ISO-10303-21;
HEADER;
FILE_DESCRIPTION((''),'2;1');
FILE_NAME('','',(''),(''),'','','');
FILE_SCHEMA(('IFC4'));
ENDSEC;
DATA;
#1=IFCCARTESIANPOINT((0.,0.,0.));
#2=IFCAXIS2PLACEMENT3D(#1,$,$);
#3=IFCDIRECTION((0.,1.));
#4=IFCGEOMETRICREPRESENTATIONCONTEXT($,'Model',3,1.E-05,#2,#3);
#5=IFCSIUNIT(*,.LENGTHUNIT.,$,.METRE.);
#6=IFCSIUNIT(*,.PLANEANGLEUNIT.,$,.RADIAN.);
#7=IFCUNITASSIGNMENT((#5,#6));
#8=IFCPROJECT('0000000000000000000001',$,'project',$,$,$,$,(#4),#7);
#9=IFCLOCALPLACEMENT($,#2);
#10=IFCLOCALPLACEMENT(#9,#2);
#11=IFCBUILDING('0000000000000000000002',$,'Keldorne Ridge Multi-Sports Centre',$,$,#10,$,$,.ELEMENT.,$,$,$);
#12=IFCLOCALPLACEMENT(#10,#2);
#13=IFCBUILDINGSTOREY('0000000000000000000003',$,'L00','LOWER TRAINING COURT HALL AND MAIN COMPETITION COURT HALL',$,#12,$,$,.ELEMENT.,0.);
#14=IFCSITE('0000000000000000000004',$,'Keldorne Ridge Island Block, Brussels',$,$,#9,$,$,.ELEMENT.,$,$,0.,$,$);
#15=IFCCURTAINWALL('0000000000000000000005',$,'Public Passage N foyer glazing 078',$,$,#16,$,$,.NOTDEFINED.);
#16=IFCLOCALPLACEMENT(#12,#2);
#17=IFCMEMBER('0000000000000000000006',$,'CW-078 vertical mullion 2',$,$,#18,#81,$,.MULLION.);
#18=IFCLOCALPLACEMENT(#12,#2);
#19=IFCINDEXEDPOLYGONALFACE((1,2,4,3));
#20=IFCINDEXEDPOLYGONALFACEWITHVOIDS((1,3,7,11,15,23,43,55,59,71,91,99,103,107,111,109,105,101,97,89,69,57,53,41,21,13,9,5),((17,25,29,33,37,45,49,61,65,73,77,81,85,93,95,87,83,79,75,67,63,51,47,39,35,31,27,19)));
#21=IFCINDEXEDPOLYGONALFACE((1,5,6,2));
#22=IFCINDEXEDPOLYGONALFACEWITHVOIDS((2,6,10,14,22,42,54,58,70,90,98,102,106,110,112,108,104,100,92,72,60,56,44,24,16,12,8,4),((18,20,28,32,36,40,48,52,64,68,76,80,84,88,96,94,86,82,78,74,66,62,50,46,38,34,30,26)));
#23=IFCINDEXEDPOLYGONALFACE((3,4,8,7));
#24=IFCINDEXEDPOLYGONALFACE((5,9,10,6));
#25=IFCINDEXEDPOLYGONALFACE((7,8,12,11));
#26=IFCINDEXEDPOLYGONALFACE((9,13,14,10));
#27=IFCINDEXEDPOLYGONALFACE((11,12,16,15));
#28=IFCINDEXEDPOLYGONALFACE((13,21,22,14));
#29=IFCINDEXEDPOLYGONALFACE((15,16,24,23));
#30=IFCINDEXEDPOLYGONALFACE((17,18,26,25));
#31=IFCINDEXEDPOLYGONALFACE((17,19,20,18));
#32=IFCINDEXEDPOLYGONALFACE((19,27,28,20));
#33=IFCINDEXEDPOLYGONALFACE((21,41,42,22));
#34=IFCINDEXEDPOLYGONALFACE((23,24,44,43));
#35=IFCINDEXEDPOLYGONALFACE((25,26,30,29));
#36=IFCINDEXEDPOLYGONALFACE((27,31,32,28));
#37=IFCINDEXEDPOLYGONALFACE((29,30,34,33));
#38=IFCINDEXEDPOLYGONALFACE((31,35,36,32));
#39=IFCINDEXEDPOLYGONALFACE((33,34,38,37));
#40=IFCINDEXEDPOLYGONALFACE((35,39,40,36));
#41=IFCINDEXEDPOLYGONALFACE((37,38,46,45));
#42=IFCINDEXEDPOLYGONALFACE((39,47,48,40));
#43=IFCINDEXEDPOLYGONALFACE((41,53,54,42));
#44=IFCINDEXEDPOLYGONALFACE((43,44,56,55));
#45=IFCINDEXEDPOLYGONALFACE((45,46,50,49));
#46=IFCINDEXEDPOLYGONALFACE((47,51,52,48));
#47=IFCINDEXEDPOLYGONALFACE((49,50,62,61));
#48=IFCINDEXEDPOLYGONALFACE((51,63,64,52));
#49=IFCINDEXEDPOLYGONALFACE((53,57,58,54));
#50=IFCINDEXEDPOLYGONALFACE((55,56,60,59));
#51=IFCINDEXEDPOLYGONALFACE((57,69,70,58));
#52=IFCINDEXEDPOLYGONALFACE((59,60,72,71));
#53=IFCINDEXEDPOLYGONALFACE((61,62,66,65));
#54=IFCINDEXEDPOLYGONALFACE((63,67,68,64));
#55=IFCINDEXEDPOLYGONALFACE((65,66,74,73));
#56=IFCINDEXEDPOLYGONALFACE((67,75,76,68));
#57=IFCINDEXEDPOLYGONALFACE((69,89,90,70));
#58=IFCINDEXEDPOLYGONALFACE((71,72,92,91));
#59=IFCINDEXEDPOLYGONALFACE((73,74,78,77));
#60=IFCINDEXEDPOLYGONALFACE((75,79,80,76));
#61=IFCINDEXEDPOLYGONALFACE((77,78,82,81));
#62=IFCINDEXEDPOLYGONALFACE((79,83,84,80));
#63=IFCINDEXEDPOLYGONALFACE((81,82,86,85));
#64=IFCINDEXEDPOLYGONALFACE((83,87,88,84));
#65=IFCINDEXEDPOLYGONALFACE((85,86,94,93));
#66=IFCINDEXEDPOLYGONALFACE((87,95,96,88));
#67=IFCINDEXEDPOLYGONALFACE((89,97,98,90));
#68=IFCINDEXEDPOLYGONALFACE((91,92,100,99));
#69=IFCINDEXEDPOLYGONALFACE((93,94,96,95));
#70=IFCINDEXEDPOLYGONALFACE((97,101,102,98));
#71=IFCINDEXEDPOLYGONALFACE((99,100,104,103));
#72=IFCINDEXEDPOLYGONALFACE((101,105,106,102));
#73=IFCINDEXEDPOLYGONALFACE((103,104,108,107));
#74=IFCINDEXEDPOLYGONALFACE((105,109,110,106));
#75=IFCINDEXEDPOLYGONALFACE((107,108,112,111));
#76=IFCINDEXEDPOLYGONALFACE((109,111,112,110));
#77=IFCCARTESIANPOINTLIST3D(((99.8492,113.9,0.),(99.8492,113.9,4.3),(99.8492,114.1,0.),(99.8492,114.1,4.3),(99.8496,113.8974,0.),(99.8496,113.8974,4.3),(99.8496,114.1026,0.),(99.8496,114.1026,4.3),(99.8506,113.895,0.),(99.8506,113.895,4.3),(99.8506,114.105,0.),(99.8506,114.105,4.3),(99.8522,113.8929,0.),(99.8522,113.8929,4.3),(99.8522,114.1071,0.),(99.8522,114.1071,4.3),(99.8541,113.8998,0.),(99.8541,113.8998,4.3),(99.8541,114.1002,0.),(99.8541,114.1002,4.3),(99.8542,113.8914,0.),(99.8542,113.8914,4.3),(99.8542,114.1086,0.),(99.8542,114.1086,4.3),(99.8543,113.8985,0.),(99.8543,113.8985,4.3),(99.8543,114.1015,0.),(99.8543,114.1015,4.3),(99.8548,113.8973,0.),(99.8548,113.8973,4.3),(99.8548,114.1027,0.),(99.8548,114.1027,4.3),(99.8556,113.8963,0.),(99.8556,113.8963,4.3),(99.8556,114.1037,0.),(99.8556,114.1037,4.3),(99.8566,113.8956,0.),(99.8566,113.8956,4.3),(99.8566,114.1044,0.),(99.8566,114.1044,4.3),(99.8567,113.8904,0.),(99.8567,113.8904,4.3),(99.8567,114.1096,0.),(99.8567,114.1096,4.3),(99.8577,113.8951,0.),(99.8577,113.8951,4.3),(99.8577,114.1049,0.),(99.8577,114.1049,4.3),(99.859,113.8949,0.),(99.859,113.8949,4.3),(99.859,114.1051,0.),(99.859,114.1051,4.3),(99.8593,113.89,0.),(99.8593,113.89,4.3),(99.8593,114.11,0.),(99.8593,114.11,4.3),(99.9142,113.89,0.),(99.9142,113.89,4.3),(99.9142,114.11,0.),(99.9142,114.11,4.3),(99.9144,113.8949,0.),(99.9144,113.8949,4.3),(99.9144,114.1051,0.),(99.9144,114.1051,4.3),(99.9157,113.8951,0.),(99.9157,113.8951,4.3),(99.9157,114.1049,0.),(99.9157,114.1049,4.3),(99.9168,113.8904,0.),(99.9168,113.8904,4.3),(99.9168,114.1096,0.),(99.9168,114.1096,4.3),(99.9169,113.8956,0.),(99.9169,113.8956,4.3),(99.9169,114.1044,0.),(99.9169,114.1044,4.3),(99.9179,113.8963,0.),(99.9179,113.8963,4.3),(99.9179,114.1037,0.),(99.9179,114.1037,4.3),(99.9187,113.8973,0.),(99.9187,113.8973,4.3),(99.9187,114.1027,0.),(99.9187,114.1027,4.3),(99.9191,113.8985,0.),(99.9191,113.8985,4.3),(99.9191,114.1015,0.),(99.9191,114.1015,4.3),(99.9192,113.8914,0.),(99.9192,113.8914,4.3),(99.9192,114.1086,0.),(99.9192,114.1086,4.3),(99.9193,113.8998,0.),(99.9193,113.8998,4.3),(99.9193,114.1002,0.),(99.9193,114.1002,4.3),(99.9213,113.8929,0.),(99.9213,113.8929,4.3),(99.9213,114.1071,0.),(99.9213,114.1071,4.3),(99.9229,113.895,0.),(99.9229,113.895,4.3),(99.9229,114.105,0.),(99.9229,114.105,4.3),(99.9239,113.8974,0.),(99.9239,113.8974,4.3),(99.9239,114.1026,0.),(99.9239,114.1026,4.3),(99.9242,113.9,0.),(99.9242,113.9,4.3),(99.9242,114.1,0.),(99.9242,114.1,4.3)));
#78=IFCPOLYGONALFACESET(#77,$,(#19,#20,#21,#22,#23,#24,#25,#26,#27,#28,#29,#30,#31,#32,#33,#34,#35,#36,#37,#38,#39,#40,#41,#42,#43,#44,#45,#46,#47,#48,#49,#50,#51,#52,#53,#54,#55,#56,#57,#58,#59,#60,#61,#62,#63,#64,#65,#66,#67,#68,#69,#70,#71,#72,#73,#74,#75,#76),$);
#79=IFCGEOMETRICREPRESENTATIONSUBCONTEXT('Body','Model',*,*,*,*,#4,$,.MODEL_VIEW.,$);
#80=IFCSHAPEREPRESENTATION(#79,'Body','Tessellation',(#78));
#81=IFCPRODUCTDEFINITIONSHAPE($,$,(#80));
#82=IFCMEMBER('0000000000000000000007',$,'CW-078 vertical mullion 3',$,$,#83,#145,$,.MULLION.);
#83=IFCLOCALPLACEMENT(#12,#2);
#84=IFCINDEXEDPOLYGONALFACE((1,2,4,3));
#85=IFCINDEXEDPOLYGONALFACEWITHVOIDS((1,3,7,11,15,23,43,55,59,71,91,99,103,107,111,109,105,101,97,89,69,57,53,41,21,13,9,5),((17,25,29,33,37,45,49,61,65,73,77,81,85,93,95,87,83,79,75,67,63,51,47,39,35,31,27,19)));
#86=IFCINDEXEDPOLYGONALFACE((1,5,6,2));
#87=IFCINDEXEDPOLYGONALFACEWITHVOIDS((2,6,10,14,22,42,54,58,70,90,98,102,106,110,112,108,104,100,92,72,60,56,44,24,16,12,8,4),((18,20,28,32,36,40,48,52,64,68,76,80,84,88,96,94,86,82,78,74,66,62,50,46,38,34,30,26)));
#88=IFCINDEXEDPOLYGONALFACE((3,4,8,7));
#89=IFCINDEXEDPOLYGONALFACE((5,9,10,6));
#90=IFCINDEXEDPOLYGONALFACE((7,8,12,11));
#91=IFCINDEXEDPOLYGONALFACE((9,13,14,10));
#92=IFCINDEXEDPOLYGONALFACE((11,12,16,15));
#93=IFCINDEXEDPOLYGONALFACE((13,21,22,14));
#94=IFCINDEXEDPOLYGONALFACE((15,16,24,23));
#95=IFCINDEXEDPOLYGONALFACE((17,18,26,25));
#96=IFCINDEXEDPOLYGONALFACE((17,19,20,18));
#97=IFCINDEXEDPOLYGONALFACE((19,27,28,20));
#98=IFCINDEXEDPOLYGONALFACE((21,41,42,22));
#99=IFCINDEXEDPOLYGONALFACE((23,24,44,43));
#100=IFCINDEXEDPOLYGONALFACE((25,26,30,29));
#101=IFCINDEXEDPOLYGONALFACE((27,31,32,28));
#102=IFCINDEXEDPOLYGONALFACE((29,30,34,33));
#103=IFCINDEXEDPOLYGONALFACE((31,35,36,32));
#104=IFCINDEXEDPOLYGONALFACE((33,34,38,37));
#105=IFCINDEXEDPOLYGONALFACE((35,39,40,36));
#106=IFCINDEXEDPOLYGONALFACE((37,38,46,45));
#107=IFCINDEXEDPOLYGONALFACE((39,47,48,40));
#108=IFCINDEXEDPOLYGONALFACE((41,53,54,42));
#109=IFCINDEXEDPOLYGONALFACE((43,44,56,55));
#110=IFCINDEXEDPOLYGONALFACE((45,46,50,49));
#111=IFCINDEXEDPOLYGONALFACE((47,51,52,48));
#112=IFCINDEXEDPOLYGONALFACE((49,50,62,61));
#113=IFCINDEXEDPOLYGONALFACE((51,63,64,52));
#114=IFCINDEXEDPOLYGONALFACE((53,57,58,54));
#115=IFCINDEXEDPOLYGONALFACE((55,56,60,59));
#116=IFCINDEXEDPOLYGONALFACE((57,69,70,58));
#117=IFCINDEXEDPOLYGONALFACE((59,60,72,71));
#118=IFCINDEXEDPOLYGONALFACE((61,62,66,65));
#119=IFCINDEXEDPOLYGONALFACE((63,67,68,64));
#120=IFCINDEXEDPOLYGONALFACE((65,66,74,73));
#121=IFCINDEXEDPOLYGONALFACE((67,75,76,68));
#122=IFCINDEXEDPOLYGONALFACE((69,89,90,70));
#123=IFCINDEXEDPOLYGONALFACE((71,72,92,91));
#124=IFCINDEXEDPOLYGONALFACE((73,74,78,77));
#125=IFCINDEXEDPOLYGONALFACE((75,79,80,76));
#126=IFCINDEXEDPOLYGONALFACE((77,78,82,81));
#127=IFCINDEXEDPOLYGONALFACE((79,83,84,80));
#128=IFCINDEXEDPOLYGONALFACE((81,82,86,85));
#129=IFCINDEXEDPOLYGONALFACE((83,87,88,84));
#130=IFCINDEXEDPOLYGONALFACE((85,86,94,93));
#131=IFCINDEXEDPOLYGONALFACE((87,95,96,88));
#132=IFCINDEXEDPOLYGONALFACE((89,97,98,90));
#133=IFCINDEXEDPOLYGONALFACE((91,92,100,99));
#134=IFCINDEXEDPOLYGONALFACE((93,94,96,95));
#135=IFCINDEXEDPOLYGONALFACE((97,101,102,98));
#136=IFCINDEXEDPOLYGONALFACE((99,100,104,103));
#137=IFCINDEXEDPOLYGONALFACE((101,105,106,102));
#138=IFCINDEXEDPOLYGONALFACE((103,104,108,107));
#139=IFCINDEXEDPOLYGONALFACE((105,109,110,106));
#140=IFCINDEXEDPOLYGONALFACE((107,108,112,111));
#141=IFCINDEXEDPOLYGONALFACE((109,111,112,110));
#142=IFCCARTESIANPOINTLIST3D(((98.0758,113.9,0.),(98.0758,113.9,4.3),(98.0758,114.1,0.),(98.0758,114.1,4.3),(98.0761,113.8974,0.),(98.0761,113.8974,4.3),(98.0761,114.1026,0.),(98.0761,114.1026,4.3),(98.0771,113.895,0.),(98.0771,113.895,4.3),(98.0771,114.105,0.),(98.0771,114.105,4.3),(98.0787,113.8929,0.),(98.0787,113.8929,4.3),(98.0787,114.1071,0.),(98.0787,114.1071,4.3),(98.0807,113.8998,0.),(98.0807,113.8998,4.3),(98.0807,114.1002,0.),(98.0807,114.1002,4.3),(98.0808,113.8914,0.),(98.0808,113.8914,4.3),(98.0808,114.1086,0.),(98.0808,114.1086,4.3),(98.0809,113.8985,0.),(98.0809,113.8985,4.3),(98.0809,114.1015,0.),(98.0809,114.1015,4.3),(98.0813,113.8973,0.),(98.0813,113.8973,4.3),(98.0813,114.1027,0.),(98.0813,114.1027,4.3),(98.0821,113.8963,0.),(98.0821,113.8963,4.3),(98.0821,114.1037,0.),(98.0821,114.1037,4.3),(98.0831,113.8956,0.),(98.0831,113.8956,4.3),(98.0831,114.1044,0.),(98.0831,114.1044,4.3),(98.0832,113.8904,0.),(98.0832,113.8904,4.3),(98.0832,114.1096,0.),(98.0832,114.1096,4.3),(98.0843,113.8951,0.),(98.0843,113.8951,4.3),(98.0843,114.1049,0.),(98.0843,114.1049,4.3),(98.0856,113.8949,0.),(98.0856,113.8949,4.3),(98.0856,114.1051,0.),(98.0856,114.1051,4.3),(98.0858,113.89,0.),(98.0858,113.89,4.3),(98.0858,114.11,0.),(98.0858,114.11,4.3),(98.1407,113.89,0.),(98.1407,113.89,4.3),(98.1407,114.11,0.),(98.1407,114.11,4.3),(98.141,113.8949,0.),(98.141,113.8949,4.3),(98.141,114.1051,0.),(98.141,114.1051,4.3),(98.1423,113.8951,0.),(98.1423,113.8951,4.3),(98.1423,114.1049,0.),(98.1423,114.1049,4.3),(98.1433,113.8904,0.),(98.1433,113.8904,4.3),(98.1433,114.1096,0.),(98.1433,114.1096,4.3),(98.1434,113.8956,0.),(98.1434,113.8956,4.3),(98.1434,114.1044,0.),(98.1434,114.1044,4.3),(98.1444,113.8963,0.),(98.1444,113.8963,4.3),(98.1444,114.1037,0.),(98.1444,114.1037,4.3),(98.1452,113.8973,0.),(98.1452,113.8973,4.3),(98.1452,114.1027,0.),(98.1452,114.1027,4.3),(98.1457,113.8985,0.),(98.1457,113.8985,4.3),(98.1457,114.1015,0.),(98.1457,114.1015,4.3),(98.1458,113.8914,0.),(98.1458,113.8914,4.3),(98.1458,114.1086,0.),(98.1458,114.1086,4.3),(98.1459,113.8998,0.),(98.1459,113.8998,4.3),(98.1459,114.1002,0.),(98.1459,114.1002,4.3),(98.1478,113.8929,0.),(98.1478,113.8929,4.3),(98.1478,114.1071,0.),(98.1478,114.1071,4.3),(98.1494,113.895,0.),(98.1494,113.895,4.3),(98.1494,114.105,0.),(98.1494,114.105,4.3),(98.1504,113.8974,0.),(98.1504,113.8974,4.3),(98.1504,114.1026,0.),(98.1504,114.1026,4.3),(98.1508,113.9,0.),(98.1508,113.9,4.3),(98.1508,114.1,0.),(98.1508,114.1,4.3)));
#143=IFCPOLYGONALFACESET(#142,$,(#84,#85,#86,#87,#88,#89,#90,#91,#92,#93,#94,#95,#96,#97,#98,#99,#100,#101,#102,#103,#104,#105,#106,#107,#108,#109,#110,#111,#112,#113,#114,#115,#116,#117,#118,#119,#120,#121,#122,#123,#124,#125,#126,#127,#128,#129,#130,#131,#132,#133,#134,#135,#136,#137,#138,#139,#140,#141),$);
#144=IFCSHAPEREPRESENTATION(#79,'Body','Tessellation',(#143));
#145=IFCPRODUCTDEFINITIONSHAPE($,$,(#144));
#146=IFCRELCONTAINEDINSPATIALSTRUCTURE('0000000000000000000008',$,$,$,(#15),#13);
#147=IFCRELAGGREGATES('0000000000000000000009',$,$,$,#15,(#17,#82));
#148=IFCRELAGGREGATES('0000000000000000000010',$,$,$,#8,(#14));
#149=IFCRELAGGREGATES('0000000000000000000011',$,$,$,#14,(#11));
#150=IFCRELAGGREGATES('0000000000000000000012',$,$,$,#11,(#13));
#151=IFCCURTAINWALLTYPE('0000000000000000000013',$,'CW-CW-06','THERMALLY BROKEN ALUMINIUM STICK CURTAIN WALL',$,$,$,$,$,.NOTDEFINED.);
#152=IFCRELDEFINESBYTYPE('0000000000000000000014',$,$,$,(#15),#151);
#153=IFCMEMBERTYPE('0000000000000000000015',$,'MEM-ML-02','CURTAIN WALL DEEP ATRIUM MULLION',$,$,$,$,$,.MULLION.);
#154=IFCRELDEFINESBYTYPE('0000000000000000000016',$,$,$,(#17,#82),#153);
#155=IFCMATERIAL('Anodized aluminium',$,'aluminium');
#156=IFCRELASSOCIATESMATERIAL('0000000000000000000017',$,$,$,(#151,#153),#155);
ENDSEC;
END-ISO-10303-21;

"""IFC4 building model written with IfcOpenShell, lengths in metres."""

from ifc_helpers import new_model, si_unit, direction, frame, origin, origin_2d, place, context, subcontext, project, spatial, hollow_rectangle, extrude, material, material_profile, profile_set, type_object, element, aggregate, save


model = new_model("IFC4")

# Units and contexts
model_context = context("Model", 3, precision=1e-05, world=origin(), true_north=direction((0.0, 1.0)))
body_context = subcontext(model_context, "Body", "Model", "MODEL_VIEW")
ifc_project = project(units=[si_unit("LENGTHUNIT", "METRE"), si_unit("PLANEANGLEUNIT", "RADIAN")], contexts=[model_context])

# Site, building, storey
site_placement = place(None, origin())
site = spatial("IfcSite", under=ifc_project, at=site_placement, Name="Keldorne Ridge Island Block, Brussels", CompositionType="ELEMENT", RefElevation=0.0)
building_placement = place(site_placement, origin())
building = spatial("IfcBuilding", under=site, at=building_placement, Name="Keldorne Ridge Multi-Sports Centre", CompositionType="ELEMENT")
storey_placement = place(building_placement, origin())
storey = spatial("IfcBuildingStorey", under=building, at=storey_placement, Name="L00", Description="LOWER TRAINING COURT HALL AND MAIN COMPETITION COURT HALL", CompositionType="ELEMENT", Elevation=0.0)

# Curtain wall, members
ifc_material_1 = material(Name="Anodized aluminium", Category="aluminium")
curtain_wall_type = type_object("IfcCurtainWallType", Name="CW-CW-06", Description="THERMALLY BROKEN ALUMINIUM STICK CURTAIN WALL", PredefinedType="NOTDEFINED", material=ifc_material_1)
curtain_wall_placement = place(storey_placement, origin())
curtain_wall = element("IfcCurtainWall", 1, at=curtain_wall_placement, inside=storey, type_object=curtain_wall_type, Name="Public Passage N foyer glazing 078", PredefinedType="NOTDEFINED")
ifc_material_profile_1 = material_profile(ifc_material_1, hollow_rectangle(XDim=0.075, YDim=0.22, WallThickness=0.0049, InnerFilletRadius=0.0049, OuterFilletRadius=0.01, at=origin_2d()), Name="ALU MULLION 220x75x5")
ifc_profile_set_1 = profile_set([ifc_material_profile_1], Name="Anodized aluminium")
member_type_1 = type_object("IfcMemberType", Name="MEM-ML-02", Description="CURTAIN WALL DEEP ATRIUM MULLION", PredefinedType="MULLION", material=ifc_profile_set_1)
member_1_placement = place(storey_placement, frame((99.8867, 114.0, 0.0), z_axis=(0.0, 0.0, 1.0), x_axis=(1.0, 0.0, 0.0)))
member_1 = element("IfcMember", 2, at=member_1_placement, type_object=member_type_1, Name="CW-078 vertical mullion 2", PredefinedType="MULLION", context=body_context, shape_type="SweptSolid", body=[
    extrude(hollow_rectangle(XDim=0.075, YDim=0.22, WallThickness=0.0049, InnerFilletRadius=0.0049, OuterFilletRadius=0.01, at=origin_2d()), origin(), (0.0, 0.0, 1.0), 4.3),
])
member_2_placement = place(storey_placement, frame((98.1133, 114.0, 0.0), z_axis=(0.0, 0.0, 1.0), x_axis=(1.0, 0.0, 0.0)))
member_2 = element("IfcMember", 3, at=member_2_placement, type_object=member_type_1, Name="CW-078 vertical mullion 3", PredefinedType="MULLION", context=body_context, shape_type="SweptSolid", body=[
    extrude(hollow_rectangle(XDim=0.075, YDim=0.22, WallThickness=0.0049, InnerFilletRadius=0.0049, OuterFilletRadius=0.01, at=origin_2d()), origin(), (0.0, 0.0, 1.0), 4.3),
])
aggregate(curtain_wall, [member_1, member_2])

save(model, "model.ifc")
